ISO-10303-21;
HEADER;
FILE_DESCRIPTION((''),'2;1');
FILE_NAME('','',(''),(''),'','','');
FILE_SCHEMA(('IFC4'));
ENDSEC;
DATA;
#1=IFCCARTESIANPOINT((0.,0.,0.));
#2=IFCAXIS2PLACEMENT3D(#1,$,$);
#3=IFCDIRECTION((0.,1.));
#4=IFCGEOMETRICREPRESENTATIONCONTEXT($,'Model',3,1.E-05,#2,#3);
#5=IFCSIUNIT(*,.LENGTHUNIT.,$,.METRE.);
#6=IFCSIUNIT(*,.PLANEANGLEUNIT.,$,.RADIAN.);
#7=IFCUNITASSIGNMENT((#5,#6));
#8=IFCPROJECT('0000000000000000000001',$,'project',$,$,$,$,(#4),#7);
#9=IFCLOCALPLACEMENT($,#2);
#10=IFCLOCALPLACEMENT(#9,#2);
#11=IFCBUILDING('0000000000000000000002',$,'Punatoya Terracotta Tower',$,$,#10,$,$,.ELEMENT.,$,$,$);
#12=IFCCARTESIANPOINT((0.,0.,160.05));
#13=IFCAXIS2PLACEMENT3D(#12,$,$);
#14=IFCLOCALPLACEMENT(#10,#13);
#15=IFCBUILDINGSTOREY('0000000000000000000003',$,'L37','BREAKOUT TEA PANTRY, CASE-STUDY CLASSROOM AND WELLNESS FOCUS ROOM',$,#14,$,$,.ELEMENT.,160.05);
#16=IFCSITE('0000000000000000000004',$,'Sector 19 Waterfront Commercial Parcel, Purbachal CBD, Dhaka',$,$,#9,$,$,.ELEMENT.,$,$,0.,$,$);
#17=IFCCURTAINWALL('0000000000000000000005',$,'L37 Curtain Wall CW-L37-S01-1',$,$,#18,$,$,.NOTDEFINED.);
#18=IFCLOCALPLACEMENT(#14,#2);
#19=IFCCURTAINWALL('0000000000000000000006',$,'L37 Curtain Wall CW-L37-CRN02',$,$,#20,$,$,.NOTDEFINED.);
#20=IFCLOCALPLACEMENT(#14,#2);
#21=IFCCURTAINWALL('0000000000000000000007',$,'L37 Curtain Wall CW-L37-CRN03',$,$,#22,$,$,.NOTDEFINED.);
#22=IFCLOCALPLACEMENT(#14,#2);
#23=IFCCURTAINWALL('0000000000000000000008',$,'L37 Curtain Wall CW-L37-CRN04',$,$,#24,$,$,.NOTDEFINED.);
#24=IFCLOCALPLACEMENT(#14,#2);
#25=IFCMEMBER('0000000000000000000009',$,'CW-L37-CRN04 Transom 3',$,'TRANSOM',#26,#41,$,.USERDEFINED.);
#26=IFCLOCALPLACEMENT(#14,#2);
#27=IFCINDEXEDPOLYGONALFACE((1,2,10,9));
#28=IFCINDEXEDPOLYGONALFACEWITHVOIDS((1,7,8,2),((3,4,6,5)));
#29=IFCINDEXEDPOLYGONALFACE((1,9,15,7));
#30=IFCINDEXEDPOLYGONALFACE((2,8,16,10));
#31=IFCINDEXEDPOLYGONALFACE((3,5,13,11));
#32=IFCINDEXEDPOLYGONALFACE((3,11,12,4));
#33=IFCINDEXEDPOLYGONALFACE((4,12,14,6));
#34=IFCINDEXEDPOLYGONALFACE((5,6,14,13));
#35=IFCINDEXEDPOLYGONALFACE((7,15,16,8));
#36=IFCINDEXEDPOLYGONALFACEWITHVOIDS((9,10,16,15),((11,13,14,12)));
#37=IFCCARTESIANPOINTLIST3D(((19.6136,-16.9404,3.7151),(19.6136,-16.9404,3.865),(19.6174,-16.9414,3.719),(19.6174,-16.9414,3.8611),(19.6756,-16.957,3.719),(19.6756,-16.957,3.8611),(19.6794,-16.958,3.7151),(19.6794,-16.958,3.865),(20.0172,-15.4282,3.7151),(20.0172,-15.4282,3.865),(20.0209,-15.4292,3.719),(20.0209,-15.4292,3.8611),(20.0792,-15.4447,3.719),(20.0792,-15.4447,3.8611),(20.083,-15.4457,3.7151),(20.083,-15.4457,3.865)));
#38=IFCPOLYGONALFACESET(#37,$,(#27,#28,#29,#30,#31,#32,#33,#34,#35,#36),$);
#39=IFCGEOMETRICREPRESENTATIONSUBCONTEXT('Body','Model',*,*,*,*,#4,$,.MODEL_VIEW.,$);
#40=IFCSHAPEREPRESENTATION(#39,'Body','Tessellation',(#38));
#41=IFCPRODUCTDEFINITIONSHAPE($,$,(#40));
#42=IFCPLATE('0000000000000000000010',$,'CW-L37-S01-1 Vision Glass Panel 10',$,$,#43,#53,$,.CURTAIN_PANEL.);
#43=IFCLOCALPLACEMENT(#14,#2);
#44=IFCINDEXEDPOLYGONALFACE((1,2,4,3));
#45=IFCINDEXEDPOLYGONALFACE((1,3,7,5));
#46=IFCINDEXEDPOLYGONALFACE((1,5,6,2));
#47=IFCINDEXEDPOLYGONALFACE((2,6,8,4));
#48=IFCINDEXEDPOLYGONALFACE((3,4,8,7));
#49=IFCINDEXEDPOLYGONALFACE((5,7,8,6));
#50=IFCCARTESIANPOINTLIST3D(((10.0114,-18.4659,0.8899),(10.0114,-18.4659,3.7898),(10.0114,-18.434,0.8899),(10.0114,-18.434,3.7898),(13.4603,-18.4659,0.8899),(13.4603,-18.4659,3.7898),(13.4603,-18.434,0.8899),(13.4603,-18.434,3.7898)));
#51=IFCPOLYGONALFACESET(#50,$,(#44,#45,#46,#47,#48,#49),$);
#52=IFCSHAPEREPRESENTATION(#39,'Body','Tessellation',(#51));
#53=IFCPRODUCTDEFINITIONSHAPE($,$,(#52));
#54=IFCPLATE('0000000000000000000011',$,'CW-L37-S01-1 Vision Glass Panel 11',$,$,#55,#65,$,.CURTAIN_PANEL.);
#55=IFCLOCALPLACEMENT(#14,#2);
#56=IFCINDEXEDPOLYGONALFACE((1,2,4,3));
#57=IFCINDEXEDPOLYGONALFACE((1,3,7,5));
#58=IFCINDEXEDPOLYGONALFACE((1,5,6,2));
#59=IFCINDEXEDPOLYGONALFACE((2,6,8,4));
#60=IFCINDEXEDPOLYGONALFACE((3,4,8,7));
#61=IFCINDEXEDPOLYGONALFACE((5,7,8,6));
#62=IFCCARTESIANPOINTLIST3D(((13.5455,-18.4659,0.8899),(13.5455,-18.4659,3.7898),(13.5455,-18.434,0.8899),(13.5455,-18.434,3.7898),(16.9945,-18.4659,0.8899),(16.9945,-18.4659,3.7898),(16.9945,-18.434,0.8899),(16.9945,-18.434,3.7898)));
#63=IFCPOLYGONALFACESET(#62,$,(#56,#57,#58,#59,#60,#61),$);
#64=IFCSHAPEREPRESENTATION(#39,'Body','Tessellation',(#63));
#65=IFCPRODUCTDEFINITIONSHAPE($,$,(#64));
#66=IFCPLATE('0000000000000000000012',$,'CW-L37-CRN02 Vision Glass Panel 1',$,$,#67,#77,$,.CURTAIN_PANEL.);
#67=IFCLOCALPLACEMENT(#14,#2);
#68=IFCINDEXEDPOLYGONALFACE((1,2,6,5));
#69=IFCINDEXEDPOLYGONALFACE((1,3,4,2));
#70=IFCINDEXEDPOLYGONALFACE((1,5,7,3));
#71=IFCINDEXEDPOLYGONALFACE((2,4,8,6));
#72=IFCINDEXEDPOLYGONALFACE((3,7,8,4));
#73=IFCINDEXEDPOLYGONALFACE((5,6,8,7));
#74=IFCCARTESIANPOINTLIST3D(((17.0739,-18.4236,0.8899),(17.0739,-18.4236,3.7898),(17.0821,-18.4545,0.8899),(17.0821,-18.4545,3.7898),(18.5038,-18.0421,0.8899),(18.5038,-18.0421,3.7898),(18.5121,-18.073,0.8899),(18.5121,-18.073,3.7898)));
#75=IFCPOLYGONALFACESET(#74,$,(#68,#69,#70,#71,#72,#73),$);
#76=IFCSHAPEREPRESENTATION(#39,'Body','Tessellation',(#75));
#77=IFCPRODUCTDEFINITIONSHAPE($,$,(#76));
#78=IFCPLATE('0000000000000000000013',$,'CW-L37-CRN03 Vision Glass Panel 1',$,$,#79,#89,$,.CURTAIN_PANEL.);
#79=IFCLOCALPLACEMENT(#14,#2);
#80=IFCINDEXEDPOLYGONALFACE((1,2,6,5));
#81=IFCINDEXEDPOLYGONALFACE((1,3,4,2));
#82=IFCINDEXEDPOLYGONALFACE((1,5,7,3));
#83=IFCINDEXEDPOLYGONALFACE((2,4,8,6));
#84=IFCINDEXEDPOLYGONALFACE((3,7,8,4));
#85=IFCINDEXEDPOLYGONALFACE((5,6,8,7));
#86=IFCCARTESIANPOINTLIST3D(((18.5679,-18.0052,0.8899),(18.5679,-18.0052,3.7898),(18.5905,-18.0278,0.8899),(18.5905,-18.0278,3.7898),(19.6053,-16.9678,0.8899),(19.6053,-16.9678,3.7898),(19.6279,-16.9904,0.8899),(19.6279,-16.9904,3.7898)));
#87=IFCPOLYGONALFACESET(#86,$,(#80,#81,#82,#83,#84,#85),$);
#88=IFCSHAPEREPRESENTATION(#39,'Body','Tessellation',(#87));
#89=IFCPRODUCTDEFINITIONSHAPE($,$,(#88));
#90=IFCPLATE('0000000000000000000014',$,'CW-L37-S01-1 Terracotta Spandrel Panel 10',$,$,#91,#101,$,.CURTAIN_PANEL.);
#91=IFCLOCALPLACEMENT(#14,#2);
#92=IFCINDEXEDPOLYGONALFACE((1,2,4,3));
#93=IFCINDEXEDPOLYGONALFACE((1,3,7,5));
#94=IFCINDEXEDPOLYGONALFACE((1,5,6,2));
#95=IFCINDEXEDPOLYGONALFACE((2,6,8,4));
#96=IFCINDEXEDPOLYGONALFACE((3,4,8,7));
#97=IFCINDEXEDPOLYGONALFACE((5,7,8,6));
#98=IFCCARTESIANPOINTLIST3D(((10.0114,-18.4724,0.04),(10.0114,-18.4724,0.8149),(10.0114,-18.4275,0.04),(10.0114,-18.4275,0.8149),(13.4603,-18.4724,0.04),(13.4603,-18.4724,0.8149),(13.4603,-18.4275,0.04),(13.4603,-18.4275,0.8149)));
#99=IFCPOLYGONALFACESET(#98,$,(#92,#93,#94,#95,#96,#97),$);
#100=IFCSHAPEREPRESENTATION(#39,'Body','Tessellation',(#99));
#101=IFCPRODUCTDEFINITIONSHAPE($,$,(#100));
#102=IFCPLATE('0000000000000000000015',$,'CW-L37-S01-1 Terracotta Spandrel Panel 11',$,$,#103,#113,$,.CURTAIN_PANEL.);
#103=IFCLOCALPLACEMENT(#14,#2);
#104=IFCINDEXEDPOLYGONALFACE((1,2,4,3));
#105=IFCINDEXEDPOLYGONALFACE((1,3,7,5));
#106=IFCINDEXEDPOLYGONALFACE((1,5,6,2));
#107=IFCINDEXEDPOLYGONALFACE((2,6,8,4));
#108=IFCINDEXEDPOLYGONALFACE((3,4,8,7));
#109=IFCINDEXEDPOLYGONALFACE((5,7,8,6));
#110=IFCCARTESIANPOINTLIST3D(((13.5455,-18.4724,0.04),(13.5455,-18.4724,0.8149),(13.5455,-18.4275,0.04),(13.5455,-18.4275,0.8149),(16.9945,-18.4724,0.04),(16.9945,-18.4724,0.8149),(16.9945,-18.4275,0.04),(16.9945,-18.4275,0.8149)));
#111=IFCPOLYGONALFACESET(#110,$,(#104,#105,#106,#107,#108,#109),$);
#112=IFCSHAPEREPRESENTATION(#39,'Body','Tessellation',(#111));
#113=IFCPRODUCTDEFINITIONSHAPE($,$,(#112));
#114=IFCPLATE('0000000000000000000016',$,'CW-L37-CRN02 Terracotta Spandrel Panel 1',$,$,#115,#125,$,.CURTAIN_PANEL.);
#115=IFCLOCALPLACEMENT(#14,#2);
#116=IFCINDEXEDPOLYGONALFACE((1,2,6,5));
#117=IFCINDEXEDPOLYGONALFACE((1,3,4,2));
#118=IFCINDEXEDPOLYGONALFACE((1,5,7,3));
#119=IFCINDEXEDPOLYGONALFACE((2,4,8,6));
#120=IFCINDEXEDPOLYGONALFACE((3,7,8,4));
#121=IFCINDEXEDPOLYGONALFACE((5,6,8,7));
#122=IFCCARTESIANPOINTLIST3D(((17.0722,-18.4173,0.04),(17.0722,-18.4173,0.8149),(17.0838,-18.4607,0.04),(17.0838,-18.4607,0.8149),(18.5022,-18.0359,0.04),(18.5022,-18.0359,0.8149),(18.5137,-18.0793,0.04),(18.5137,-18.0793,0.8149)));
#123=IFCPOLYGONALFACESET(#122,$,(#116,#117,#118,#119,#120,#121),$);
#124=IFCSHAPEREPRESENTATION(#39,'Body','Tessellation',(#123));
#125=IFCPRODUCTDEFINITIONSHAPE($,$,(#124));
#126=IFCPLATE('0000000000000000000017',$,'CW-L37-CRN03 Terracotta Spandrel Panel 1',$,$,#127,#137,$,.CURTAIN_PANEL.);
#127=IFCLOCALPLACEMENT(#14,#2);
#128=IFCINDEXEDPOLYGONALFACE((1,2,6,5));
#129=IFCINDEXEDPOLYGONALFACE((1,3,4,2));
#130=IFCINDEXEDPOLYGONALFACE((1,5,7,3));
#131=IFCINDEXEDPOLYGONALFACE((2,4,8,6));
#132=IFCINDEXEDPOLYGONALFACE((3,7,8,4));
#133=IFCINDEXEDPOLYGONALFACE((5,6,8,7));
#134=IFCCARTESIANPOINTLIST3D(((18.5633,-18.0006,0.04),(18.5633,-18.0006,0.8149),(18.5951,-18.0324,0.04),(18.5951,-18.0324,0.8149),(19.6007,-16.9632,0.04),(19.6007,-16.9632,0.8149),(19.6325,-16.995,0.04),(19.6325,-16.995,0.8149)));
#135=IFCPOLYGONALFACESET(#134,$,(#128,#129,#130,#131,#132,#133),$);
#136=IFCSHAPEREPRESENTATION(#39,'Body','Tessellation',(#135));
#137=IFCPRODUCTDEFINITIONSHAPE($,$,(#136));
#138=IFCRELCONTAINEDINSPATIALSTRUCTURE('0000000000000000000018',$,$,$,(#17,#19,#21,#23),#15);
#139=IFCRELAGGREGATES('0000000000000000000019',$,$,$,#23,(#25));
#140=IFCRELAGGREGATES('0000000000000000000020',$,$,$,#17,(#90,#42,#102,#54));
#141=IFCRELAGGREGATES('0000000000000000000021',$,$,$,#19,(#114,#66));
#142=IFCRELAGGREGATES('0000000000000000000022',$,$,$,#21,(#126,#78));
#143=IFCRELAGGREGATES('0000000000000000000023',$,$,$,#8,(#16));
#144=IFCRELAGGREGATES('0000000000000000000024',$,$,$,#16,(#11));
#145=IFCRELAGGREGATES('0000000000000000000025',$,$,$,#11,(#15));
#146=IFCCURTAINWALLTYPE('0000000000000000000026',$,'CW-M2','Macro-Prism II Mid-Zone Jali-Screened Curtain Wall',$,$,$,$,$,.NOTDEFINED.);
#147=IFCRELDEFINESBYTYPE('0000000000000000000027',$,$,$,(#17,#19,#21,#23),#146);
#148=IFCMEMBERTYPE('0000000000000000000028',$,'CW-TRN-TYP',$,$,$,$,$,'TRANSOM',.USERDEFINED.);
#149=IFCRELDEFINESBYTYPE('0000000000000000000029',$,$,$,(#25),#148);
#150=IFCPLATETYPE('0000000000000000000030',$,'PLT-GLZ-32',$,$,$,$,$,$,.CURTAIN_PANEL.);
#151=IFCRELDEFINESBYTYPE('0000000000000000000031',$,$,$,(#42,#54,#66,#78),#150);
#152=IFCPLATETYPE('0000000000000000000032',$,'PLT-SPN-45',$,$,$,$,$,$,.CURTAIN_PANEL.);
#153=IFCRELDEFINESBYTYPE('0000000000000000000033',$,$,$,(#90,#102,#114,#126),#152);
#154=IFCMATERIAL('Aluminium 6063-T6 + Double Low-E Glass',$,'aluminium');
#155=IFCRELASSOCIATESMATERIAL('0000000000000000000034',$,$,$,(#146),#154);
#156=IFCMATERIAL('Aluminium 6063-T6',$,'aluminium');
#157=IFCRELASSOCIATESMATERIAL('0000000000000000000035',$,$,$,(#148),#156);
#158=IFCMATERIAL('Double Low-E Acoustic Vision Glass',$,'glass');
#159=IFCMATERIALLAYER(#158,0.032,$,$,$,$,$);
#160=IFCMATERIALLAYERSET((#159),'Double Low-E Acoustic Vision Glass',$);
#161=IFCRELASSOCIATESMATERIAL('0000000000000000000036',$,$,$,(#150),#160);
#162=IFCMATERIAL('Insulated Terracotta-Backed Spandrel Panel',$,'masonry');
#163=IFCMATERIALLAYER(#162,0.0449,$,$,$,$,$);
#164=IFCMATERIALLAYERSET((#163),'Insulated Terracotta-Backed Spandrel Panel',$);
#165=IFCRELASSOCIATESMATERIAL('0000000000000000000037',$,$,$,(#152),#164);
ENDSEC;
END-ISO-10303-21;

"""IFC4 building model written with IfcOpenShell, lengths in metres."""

from ifc_helpers import new_model, si_unit, direction, frame, origin, origin_2d, place, context, subcontext, project, spatial, rectangle, hollow_rectangle, extrude, material, layer, layer_set, material_profile, profile_set, type_object, element, aggregate, save


model = new_model("IFC4")

# Units and contexts
model_context = context("Model", 3, precision=1e-05, world=origin(), true_north=direction((0.0, 1.0)))
body_context = subcontext(model_context, "Body", "Model", "MODEL_VIEW")
ifc_project = project(units=[si_unit("LENGTHUNIT", "METRE"), si_unit("PLANEANGLEUNIT", "RADIAN")], contexts=[model_context])

# Site, building, storey
site_placement = place(None, origin())
site = spatial("IfcSite", under=ifc_project, at=site_placement, Name="Sector 19 Waterfront Commercial Parcel, Purbachal CBD, Dhaka", CompositionType="ELEMENT", RefElevation=0.0)
building_placement = place(site_placement, origin())
building = spatial("IfcBuilding", under=site, at=building_placement, Name="Punatoya Terracotta Tower", CompositionType="ELEMENT")
storey_placement = place(building_placement, frame((0.0, 0.0, 160.05)))
storey = spatial("IfcBuildingStorey", under=building, at=storey_placement, Name="L37", Description="BREAKOUT TEA PANTRY, CASE-STUDY CLASSROOM AND WELLNESS FOCUS ROOM", CompositionType="ELEMENT", Elevation=160.05)

# Curtain walls
ifc_material_1 = material(Name="Aluminium 6063-T6 + Double Low-E Glass", Category="aluminium")
curtain_wall_type = type_object("IfcCurtainWallType", Name="CW-M2", Description="Macro-Prism II Mid-Zone Jali-Screened Curtain Wall", PredefinedType="NOTDEFINED", material=ifc_material_1)
curtain_wall_1_placement = place(storey_placement, origin())
curtain_wall_1 = element("IfcCurtainWall", 1, at=curtain_wall_1_placement, inside=storey, type_object=curtain_wall_type, Name="L37 Curtain Wall CW-L37-S01-1", PredefinedType="NOTDEFINED")
ifc_material_2 = material(Name="Aluminium 6063-T6", Category="aluminium")
curtain_wall_2_placement = place(storey_placement, origin())
curtain_wall_2 = element("IfcCurtainWall", 2, at=curtain_wall_2_placement, inside=storey, type_object=curtain_wall_type, Name="L37 Curtain Wall CW-L37-CRN02", PredefinedType="NOTDEFINED")
curtain_wall_3_placement = place(storey_placement, origin())
curtain_wall_3 = element("IfcCurtainWall", 3, at=curtain_wall_3_placement, inside=storey, type_object=curtain_wall_type, Name="L37 Curtain Wall CW-L37-CRN03", PredefinedType="NOTDEFINED")

# Curtain wall
curtain_wall_4_placement = place(storey_placement, origin())
curtain_wall_4 = element("IfcCurtainWall", 4, at=curtain_wall_4_placement, inside=storey, type_object=curtain_wall_type, Name="L37 Curtain Wall CW-L37-CRN04", PredefinedType="NOTDEFINED")

# Member
ifc_material_profile_1 = material_profile(ifc_material_2, hollow_rectangle(XDim=0.0681, YDim=0.1499, WallThickness=0.0039, at=origin_2d()))
ifc_profile_set_1 = profile_set([ifc_material_profile_1], Name="Aluminium 6063-T6")
member_type_1 = type_object("IfcMemberType", Name="CW-TRN-TYP", ElementType="TRANSOM", PredefinedType="USERDEFINED", material=ifc_profile_set_1)
member_1_placement = place(storey_placement, frame((19.6465, -16.9492, 3.79), z_axis=(0.257847, 0.966186, 0.0), x_axis=(-0.966186, 0.257847, 0.0)))
member_1 = element("IfcMember", 5, at=member_1_placement, type_object=member_type_1, Name="CW-L37-CRN04 Transom 3", ObjectType="TRANSOM", PredefinedType="USERDEFINED", context=body_context, shape_type="SweptSolid", body=[
    extrude(hollow_rectangle(XDim=0.0681, YDim=0.1499, WallThickness=0.0039, at=origin_2d()), origin(), (0.0, 0.0, 1.0), 1.5652),
])
aggregate(curtain_wall_4, [member_1])

# Plates
ifc_material_3 = material(Name="Double Low-E Acoustic Vision Glass", Category="glass")
ifc_layer_1 = layer(ifc_material_3, 0.032)
ifc_layer_set_1 = layer_set([ifc_layer_1], Name="Double Low-E Acoustic Vision Glass")
plate_type_1 = type_object("IfcPlateType", Name="PLT-GLZ-32", PredefinedType="CURTAIN_PANEL", material=ifc_layer_set_1)
plate_1_placement = place(storey_placement, frame((11.7358, -18.45, 0.8899), z_axis=(0.0, 0.0, 1.0), x_axis=(1.0, 0.0, 0.0)))
plate_1 = element("IfcPlate", 6, at=plate_1_placement, type_object=plate_type_1, Name="CW-L37-S01-1 Vision Glass Panel 10", PredefinedType="CURTAIN_PANEL", context=body_context, shape_type="SweptSolid", body=[
    extrude(rectangle(XDim=3.449, YDim=0.032, at=origin_2d()), origin(), (0.0, 0.0, 1.0), 2.8999),
])
plate_2_placement = place(storey_placement, frame((15.27, -18.45, 0.8899), z_axis=(0.0, 0.0, 1.0), x_axis=(1.0, 0.0, 0.0)))
plate_2 = element("IfcPlate", 7, at=plate_2_placement, type_object=plate_type_1, Name="CW-L37-S01-1 Vision Glass Panel 11", PredefinedType="CURTAIN_PANEL", context=body_context, shape_type="SweptSolid", body=[
    extrude(rectangle(XDim=3.449, YDim=0.032, at=origin_2d()), origin(), (0.0, 0.0, 1.0), 2.8999),
])
plate_3_placement = place(storey_placement, frame((17.793, -18.2483, 0.8899), z_axis=(0.0, 0.0, 1.0), x_axis=(0.966214, 0.257742, 0.0)))
plate_3 = element("IfcPlate", 8, at=plate_3_placement, type_object=plate_type_1, Name="CW-L37-CRN02 Vision Glass Panel 1", PredefinedType="CURTAIN_PANEL", context=body_context, shape_type="SweptSolid", body=[
    extrude(rectangle(XDim=1.48, YDim=0.032, at=origin_2d()), origin(), (0.0, 0.0, 1.0), 2.8999),
])
plate_4_placement = place(storey_placement, frame((19.0979, -17.4978, 0.8899), z_axis=(0.0, 0.0, 1.0), x_axis=(0.707107, 0.707107, 0.0)))
plate_4 = element("IfcPlate", 9, at=plate_4_placement, type_object=plate_type_1, Name="CW-L37-CRN03 Vision Glass Panel 1", PredefinedType="CURTAIN_PANEL", context=body_context, shape_type="SweptSolid", body=[
    extrude(rectangle(XDim=1.467, YDim=0.032, at=origin_2d()), origin(), (0.0, 0.0, 1.0), 2.8999),
])
ifc_material_4 = material(Name="Insulated Terracotta-Backed Spandrel Panel", Category="masonry")
ifc_layer_2 = layer(ifc_material_4, 0.0449)
ifc_layer_set_2 = layer_set([ifc_layer_2], Name="Insulated Terracotta-Backed Spandrel Panel")
plate_type_2 = type_object("IfcPlateType", Name="PLT-SPN-45", PredefinedType="CURTAIN_PANEL", material=ifc_layer_set_2)
plate_5_placement = place(storey_placement, frame((11.7358, -18.45, 0.04), z_axis=(0.0, 0.0, 1.0), x_axis=(1.0, 0.0, 0.0)))
plate_5 = element("IfcPlate", 10, at=plate_5_placement, type_object=plate_type_2, Name="CW-L37-S01-1 Terracotta Spandrel Panel 10", PredefinedType="CURTAIN_PANEL", context=body_context, shape_type="SweptSolid", body=[
    extrude(rectangle(XDim=3.449, YDim=0.0449, at=origin_2d()), origin(), (0.0, 0.0, 1.0), 0.7749),
])
plate_6_placement = place(storey_placement, frame((15.27, -18.45, 0.04), z_axis=(0.0, 0.0, 1.0), x_axis=(1.0, 0.0, 0.0)))
plate_6 = element("IfcPlate", 11, at=plate_6_placement, type_object=plate_type_2, Name="CW-L37-S01-1 Terracotta Spandrel Panel 11", PredefinedType="CURTAIN_PANEL", context=body_context, shape_type="SweptSolid", body=[
    extrude(rectangle(XDim=3.449, YDim=0.0449, at=origin_2d()), origin(), (0.0, 0.0, 1.0), 0.7749),
])
aggregate(curtain_wall_1, [plate_5, plate_1, plate_6, plate_2])
plate_7_placement = place(storey_placement, frame((17.793, -18.2483, 0.04), z_axis=(0.0, 0.0, 1.0), x_axis=(0.966214, 0.257742, 0.0)))
plate_7 = element("IfcPlate", 12, at=plate_7_placement, type_object=plate_type_2, Name="CW-L37-CRN02 Terracotta Spandrel Panel 1", PredefinedType="CURTAIN_PANEL", context=body_context, shape_type="SweptSolid", body=[
    extrude(rectangle(XDim=1.48, YDim=0.0449, at=origin_2d()), origin(), (0.0, 0.0, 1.0), 0.7749),
])
aggregate(curtain_wall_2, [plate_7, plate_3])
plate_8_placement = place(storey_placement, frame((19.0979, -17.4978, 0.04), z_axis=(0.0, 0.0, 1.0), x_axis=(0.707107, 0.707107, 0.0)))
plate_8 = element("IfcPlate", 13, at=plate_8_placement, type_object=plate_type_2, Name="CW-L37-CRN03 Terracotta Spandrel Panel 1", PredefinedType="CURTAIN_PANEL", context=body_context, shape_type="SweptSolid", body=[
    extrude(rectangle(XDim=1.467, YDim=0.0449, at=origin_2d()), origin(), (0.0, 0.0, 1.0), 0.7749),
])
aggregate(curtain_wall_3, [plate_8, plate_4])

save(model, "model.ifc")
